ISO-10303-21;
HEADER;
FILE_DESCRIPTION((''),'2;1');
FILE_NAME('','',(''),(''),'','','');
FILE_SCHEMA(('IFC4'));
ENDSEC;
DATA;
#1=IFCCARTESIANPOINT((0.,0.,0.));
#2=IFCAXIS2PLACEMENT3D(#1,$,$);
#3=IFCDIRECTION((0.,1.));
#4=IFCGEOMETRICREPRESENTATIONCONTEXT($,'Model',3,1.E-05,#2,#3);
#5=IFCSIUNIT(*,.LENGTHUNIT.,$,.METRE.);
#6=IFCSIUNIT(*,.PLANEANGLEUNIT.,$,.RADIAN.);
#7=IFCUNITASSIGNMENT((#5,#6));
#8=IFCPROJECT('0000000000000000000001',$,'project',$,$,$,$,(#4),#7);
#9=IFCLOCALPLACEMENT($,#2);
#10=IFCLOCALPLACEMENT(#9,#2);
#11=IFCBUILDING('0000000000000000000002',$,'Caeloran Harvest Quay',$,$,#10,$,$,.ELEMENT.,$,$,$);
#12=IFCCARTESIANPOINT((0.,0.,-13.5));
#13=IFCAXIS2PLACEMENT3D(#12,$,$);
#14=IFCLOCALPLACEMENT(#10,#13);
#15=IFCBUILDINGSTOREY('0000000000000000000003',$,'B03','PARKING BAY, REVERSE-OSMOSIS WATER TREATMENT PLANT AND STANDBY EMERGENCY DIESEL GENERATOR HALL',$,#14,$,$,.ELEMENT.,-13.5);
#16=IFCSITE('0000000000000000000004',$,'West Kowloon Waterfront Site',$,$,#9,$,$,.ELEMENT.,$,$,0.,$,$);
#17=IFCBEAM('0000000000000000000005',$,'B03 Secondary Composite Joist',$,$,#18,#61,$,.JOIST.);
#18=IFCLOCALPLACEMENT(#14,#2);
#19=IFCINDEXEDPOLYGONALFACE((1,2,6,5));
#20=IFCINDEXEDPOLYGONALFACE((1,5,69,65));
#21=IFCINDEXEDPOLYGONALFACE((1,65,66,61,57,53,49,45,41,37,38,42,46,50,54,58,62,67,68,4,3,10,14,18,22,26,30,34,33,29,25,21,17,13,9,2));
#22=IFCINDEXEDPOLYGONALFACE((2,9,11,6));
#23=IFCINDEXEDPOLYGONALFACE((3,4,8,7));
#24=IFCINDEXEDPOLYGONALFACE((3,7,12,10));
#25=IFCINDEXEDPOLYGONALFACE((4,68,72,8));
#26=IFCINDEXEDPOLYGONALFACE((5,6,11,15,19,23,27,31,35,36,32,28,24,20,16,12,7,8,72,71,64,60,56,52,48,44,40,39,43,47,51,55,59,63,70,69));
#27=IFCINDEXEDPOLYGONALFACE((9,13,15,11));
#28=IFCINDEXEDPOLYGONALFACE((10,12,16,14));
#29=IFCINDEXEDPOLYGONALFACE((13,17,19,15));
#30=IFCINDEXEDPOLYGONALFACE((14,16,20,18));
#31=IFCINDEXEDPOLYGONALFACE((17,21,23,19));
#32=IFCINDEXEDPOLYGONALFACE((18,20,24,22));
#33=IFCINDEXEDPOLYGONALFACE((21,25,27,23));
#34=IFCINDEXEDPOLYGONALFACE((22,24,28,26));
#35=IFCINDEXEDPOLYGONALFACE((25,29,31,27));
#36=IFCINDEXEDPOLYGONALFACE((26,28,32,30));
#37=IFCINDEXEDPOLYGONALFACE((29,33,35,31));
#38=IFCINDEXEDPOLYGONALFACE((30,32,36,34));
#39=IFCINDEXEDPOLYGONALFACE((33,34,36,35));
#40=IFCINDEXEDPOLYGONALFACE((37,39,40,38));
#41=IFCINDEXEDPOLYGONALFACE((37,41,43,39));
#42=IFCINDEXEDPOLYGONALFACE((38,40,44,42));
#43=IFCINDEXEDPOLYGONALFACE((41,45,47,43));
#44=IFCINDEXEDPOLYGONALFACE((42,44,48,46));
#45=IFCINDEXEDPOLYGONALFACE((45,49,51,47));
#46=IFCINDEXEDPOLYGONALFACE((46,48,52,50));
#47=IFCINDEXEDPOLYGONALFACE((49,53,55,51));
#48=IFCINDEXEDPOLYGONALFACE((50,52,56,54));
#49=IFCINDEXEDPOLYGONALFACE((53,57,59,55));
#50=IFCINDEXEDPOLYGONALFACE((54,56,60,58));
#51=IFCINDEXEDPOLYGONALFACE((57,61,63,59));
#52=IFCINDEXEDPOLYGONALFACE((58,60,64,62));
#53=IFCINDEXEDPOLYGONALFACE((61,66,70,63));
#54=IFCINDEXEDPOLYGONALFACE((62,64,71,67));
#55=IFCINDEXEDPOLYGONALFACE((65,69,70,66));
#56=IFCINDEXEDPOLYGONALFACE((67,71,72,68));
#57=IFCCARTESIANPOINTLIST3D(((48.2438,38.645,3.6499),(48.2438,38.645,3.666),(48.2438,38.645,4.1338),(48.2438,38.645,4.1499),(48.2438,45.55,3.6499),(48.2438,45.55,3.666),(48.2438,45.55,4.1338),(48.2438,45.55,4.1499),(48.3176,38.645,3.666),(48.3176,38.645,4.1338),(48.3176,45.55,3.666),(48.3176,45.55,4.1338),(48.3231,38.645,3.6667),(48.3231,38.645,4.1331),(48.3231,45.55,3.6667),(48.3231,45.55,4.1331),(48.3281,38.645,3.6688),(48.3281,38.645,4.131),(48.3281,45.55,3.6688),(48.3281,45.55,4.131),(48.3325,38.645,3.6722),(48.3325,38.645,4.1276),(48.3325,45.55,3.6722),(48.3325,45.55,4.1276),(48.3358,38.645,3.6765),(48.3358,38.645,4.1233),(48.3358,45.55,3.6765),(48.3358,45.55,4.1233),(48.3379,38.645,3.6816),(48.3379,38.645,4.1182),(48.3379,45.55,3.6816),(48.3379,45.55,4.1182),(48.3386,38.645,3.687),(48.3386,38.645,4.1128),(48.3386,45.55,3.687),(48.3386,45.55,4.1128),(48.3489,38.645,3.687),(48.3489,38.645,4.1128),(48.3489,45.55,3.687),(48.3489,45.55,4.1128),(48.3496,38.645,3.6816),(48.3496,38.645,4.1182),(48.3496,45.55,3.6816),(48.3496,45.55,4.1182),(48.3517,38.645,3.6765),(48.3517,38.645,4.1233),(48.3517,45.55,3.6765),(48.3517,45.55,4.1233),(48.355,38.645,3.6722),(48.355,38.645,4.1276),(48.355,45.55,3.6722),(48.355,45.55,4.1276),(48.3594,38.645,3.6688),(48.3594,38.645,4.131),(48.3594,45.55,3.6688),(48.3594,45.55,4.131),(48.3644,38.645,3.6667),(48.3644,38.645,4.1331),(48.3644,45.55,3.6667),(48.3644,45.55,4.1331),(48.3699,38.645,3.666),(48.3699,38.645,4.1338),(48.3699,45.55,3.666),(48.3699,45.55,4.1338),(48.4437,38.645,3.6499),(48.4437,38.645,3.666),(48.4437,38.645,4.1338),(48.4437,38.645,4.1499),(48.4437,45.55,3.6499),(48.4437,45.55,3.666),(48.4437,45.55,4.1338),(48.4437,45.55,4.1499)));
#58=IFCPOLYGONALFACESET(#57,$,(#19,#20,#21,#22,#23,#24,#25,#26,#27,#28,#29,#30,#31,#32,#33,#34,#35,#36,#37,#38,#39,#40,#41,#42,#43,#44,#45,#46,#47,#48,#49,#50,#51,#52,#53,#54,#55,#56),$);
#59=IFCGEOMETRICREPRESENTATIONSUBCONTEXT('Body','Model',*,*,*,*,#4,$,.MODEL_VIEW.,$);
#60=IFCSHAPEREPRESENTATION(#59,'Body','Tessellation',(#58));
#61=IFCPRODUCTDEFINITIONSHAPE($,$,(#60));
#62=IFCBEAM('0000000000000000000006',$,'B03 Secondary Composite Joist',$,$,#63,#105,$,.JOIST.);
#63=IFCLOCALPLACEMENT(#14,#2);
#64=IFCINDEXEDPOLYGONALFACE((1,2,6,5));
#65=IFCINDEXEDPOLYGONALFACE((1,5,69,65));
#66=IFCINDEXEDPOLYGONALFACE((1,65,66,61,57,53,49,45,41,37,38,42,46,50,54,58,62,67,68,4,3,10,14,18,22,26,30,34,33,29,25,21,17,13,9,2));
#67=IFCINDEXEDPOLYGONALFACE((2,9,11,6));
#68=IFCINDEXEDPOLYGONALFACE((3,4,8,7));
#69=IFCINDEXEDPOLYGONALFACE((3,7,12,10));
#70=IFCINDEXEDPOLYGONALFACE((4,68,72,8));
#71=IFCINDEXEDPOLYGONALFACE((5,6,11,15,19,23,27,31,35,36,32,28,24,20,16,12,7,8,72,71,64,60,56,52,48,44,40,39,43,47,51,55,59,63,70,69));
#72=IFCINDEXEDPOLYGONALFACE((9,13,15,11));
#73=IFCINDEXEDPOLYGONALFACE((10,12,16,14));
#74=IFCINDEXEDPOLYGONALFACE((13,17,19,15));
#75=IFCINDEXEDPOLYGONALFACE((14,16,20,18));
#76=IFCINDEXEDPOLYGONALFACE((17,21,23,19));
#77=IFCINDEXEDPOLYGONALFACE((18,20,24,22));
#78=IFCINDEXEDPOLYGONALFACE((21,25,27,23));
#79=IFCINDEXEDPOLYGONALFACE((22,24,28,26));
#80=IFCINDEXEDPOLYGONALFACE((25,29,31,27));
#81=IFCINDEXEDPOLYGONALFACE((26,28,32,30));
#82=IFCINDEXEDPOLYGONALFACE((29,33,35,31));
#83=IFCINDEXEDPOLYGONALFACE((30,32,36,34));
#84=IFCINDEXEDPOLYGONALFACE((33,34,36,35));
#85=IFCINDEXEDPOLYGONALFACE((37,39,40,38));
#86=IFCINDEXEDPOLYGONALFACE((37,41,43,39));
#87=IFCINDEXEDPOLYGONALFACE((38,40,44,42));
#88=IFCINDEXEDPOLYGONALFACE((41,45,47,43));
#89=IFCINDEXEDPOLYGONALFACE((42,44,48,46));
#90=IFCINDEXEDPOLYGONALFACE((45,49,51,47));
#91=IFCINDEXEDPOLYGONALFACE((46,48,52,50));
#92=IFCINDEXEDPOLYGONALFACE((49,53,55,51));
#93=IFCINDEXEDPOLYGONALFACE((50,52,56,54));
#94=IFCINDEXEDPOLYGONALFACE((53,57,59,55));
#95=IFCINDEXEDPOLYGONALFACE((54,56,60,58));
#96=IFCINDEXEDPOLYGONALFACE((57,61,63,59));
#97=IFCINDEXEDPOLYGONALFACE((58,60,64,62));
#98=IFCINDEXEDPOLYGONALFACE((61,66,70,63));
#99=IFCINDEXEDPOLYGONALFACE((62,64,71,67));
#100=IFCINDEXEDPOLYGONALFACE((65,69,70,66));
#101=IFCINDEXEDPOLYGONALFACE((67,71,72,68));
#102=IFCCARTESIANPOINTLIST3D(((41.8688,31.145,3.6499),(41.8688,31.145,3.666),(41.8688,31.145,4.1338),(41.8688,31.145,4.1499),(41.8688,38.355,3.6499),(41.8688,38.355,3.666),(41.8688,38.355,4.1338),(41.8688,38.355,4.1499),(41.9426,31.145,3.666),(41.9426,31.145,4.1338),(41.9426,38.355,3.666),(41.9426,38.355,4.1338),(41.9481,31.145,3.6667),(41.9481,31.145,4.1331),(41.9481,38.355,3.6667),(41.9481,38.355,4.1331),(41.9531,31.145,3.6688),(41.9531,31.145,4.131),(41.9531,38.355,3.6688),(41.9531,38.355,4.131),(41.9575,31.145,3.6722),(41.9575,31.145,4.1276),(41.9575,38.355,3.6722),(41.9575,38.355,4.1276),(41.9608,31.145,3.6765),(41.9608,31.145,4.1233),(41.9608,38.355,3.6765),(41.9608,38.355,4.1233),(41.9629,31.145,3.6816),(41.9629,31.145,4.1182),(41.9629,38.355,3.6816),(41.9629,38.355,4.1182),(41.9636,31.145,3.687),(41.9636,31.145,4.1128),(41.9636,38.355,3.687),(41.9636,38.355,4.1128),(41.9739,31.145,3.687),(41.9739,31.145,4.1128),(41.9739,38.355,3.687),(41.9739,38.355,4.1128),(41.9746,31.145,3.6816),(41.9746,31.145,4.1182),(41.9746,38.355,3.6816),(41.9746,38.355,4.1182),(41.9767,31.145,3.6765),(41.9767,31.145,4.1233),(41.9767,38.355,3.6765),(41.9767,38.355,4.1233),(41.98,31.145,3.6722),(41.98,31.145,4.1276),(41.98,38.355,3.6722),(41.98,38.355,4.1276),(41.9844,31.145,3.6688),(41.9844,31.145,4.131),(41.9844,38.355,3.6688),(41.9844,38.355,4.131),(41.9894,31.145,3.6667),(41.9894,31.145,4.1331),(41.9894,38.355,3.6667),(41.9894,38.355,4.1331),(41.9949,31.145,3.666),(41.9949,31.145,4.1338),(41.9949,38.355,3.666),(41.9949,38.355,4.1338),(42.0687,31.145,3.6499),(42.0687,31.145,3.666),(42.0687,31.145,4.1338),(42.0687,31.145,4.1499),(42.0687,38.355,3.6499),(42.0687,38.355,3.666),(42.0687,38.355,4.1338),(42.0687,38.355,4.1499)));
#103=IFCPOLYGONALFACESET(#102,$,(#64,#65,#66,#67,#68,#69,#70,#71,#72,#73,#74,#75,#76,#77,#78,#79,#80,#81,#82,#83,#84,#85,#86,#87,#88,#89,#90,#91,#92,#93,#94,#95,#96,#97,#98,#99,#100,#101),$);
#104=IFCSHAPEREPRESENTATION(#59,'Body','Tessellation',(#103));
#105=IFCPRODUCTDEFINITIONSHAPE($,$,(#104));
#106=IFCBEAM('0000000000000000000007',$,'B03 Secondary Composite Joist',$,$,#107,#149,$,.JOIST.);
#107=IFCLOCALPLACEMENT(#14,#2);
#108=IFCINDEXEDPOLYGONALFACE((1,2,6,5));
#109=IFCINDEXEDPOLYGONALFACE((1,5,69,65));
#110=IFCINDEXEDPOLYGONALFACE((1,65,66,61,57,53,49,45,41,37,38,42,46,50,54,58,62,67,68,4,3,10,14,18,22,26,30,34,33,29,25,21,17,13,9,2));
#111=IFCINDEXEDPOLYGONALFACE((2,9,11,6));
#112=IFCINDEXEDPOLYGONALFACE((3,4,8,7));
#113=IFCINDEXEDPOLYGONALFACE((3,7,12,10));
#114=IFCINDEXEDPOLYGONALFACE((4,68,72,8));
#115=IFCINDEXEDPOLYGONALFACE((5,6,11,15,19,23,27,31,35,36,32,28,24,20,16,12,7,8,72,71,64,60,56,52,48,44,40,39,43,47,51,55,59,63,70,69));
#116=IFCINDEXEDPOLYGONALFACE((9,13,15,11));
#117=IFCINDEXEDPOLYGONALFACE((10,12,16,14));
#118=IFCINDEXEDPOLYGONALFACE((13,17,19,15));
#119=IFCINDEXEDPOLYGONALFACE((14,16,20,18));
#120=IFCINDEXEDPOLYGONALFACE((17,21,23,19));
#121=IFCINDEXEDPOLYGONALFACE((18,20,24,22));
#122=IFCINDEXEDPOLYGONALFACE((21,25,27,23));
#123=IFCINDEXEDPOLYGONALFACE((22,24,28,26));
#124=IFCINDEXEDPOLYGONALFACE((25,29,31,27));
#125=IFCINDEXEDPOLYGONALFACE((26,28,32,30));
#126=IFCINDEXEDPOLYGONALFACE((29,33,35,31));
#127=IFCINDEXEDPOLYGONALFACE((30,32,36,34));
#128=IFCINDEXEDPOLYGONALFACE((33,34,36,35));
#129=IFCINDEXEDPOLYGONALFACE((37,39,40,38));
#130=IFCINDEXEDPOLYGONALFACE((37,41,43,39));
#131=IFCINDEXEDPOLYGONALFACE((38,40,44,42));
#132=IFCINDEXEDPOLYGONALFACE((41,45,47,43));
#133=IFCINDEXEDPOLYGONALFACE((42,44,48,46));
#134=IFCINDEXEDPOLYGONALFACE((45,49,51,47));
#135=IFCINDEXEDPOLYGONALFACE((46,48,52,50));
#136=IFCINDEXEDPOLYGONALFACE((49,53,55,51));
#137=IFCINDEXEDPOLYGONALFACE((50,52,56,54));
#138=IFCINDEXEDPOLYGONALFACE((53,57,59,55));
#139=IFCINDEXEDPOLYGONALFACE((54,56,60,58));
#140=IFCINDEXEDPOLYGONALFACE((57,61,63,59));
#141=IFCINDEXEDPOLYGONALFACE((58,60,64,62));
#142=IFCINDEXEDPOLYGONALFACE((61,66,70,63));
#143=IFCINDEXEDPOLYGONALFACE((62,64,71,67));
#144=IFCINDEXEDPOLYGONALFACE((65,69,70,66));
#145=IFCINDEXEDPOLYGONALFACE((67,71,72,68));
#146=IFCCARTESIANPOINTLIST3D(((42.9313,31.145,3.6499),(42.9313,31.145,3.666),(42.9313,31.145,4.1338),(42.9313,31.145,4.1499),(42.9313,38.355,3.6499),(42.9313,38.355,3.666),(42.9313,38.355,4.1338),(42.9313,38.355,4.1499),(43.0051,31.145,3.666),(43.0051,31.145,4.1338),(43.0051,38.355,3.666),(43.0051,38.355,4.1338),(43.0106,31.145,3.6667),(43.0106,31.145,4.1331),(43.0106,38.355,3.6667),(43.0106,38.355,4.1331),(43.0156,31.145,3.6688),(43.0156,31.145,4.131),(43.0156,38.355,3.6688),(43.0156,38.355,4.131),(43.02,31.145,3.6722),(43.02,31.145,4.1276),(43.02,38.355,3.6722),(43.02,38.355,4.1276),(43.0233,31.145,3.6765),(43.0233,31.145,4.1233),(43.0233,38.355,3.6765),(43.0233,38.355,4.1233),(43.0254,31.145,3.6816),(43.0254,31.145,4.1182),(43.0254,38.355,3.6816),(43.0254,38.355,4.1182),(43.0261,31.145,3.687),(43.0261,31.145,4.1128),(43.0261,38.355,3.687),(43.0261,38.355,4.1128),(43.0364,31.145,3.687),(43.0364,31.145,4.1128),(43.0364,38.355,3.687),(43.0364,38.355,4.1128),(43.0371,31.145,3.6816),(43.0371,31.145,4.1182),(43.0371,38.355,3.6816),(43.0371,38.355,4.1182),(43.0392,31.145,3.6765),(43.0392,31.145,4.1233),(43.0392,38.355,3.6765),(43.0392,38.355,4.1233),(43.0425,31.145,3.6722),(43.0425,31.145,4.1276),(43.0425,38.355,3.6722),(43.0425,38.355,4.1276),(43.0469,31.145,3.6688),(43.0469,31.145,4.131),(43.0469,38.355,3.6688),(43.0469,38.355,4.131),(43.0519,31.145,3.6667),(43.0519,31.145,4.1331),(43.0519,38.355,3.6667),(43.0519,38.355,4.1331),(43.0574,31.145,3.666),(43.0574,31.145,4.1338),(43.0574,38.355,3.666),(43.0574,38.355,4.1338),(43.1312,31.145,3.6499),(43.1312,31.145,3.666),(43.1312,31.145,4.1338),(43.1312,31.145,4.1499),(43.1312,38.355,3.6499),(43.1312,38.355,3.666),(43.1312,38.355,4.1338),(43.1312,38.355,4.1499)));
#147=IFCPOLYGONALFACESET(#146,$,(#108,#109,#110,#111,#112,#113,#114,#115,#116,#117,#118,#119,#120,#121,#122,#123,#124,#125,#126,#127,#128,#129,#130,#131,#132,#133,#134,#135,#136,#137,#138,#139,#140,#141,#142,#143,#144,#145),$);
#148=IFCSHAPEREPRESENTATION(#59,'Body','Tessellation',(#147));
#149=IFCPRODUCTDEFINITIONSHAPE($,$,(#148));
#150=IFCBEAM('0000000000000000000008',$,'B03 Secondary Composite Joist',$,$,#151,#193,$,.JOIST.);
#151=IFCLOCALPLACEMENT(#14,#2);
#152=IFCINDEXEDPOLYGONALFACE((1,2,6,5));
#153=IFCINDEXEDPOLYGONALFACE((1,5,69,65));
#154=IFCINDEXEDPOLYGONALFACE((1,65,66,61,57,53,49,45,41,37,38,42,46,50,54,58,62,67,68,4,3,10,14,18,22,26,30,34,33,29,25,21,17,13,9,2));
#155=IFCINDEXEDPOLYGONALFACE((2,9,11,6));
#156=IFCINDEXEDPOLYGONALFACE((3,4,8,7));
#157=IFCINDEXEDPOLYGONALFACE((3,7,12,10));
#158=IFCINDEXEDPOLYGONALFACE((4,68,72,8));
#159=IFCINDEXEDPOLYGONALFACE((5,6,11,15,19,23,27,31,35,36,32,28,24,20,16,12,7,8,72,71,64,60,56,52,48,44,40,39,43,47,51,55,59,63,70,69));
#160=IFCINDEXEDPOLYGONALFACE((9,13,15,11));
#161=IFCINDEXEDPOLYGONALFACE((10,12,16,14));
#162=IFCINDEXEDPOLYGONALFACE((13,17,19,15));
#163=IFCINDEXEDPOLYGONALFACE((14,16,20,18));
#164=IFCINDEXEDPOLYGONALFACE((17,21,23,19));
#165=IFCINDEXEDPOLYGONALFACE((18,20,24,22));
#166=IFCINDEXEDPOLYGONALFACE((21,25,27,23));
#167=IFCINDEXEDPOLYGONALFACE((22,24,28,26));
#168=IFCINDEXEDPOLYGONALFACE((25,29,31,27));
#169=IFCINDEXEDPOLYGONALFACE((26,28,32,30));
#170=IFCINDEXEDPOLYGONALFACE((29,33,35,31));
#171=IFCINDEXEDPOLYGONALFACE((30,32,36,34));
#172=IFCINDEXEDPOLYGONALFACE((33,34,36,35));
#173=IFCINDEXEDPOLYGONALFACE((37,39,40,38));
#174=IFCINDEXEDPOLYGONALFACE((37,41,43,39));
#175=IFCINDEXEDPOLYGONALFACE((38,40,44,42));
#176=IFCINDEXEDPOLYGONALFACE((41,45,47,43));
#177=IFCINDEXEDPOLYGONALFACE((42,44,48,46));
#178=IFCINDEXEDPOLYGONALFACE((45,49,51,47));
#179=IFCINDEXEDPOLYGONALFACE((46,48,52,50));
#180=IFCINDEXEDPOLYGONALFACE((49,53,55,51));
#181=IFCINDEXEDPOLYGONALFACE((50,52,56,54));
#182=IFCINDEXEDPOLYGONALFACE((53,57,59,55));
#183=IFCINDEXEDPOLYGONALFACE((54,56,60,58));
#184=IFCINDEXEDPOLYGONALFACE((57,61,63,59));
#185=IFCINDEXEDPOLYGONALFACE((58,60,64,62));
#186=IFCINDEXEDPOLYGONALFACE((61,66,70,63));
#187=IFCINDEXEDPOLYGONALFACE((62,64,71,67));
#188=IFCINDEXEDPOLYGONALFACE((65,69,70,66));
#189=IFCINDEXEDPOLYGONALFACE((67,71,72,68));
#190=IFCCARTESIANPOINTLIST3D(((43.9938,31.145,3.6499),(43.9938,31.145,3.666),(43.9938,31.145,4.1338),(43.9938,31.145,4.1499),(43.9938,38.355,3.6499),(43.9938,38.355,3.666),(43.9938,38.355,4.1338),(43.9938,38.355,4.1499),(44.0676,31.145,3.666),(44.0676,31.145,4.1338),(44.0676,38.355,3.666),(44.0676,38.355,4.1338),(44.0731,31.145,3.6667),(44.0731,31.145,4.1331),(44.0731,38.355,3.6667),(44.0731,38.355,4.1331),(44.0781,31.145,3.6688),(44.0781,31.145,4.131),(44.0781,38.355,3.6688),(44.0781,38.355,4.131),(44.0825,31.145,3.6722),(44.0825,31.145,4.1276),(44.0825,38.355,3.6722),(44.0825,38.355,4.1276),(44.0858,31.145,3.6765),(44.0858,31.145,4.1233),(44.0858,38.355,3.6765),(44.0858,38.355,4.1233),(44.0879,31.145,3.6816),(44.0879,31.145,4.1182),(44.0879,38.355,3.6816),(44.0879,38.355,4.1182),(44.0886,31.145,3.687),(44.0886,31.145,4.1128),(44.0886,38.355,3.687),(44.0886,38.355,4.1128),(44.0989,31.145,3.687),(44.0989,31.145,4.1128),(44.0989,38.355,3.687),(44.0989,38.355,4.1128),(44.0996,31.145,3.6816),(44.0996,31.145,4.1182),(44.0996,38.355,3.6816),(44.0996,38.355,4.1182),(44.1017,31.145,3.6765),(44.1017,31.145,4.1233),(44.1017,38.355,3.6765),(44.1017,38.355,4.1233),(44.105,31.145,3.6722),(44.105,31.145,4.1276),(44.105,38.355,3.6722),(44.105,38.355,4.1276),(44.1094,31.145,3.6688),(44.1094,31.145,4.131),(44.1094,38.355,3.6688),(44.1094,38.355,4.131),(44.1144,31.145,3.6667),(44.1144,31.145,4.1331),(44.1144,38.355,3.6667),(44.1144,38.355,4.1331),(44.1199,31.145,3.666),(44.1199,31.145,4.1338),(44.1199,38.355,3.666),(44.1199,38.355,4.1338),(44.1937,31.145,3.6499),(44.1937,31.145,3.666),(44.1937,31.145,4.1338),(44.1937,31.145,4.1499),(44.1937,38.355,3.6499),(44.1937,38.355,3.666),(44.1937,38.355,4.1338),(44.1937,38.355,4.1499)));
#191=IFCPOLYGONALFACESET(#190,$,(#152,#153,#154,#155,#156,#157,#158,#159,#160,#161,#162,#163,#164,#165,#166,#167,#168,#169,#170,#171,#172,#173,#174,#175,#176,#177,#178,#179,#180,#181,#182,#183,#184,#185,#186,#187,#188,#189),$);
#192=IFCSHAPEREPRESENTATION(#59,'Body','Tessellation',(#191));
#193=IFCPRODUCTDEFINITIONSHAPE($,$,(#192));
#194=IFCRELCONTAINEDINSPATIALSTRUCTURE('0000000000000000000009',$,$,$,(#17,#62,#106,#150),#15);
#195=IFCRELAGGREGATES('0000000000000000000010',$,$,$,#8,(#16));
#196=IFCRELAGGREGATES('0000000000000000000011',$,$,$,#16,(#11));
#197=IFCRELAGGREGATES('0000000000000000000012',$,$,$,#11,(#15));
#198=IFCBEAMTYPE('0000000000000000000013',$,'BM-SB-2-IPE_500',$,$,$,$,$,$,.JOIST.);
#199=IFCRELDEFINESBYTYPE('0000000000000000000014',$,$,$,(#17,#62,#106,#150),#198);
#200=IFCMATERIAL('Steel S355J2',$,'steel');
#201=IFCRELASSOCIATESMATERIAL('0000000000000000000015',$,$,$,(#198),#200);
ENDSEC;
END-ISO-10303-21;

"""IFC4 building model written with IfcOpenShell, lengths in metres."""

from ifc_helpers import new_model, si_unit, direction, frame, origin, origin_2d, place, context, subcontext, project, spatial, i_section, extrude, material, material_profile, profile_set, type_object, element, save


model = new_model("IFC4")

# Units and contexts
model_context = context("Model", 3, precision=1e-05, world=origin(), true_north=direction((0.0, 1.0)))
body_context = subcontext(model_context, "Body", "Model", "MODEL_VIEW")
ifc_project = project(units=[si_unit("LENGTHUNIT", "METRE"), si_unit("PLANEANGLEUNIT", "RADIAN")], contexts=[model_context])

# Site, building, storey
site_placement = place(None, origin())
site = spatial("IfcSite", under=ifc_project, at=site_placement, Name="West Kowloon Waterfront Site", CompositionType="ELEMENT", RefElevation=0.0)
building_placement = place(site_placement, origin())
building = spatial("IfcBuilding", under=site, at=building_placement, Name="Caeloran Harvest Quay", CompositionType="ELEMENT")
storey_placement = place(building_placement, frame((0.0, 0.0, -13.5)))
storey = spatial("IfcBuildingStorey", under=building, at=storey_placement, Name="B03", Description="PARKING BAY, REVERSE-OSMOSIS WATER TREATMENT PLANT AND STANDBY EMERGENCY DIESEL GENERATOR HALL", CompositionType="ELEMENT", Elevation=-13.5)

# Beams
ifc_material_1 = material(Name="Steel S355J2", Category="steel")
ifc_material_profile_1 = material_profile(ifc_material_1, i_section(OverallWidth=0.2, OverallDepth=0.5, WebThickness=0.0103, FlangeThickness=0.0161, FilletRadius=0.021, at=origin_2d()), Name="IPE 500")
ifc_profile_set_1 = profile_set([ifc_material_profile_1], Name="Steel S355J2")
beam_type_1 = type_object("IfcBeamType", Name="BM-SB-2-IPE_500", PredefinedType="JOIST", material=ifc_profile_set_1)
for number, where, z_axis, x_axis, name in (
    (1, (48.3438, 38.645, 3.8999), (0.0, 1.0, 0.0), (-1.0, 0.0, 0.0), "B03 Secondary Composite Joist"),
):
    element("IfcBeam", number, at=place(storey_placement, frame(where, z_axis=z_axis, x_axis=x_axis)), inside=storey, type_object=beam_type_1, Name=name, PredefinedType="JOIST", context=body_context, shape_type="SweptSolid", body=[
        extrude(i_section(OverallWidth=0.2, OverallDepth=0.5, WebThickness=0.0103, FlangeThickness=0.0161, FilletRadius=0.021, at=origin_2d()), origin(), (0.0, 0.0, 1.0), 6.905),
    ])
for number, where, z_axis, x_axis, name in (
    (2, (41.9688, 31.145, 3.8999), (0.0, 1.0, 0.0), (-1.0, 0.0, 0.0), "B03 Secondary Composite Joist"),
    (3, (43.0312, 31.145, 3.8999), (0.0, 1.0, 0.0), (-1.0, 0.0, 0.0), "B03 Secondary Composite Joist"),
    (4, (44.0938, 31.145, 3.8999), (0.0, 1.0, 0.0), (-1.0, 0.0, 0.0), "B03 Secondary Composite Joist"),
):
    element("IfcBeam", number, at=place(storey_placement, frame(where, z_axis=z_axis, x_axis=x_axis)), inside=storey, type_object=beam_type_1, Name=name, PredefinedType="JOIST", context=body_context, shape_type="SweptSolid", body=[
        extrude(i_section(OverallWidth=0.2, OverallDepth=0.5, WebThickness=0.0103, FlangeThickness=0.0161, FilletRadius=0.021, at=origin_2d()), origin(), (0.0, 0.0, 1.0), 7.21),
    ])

save(model, "model.ifc")
